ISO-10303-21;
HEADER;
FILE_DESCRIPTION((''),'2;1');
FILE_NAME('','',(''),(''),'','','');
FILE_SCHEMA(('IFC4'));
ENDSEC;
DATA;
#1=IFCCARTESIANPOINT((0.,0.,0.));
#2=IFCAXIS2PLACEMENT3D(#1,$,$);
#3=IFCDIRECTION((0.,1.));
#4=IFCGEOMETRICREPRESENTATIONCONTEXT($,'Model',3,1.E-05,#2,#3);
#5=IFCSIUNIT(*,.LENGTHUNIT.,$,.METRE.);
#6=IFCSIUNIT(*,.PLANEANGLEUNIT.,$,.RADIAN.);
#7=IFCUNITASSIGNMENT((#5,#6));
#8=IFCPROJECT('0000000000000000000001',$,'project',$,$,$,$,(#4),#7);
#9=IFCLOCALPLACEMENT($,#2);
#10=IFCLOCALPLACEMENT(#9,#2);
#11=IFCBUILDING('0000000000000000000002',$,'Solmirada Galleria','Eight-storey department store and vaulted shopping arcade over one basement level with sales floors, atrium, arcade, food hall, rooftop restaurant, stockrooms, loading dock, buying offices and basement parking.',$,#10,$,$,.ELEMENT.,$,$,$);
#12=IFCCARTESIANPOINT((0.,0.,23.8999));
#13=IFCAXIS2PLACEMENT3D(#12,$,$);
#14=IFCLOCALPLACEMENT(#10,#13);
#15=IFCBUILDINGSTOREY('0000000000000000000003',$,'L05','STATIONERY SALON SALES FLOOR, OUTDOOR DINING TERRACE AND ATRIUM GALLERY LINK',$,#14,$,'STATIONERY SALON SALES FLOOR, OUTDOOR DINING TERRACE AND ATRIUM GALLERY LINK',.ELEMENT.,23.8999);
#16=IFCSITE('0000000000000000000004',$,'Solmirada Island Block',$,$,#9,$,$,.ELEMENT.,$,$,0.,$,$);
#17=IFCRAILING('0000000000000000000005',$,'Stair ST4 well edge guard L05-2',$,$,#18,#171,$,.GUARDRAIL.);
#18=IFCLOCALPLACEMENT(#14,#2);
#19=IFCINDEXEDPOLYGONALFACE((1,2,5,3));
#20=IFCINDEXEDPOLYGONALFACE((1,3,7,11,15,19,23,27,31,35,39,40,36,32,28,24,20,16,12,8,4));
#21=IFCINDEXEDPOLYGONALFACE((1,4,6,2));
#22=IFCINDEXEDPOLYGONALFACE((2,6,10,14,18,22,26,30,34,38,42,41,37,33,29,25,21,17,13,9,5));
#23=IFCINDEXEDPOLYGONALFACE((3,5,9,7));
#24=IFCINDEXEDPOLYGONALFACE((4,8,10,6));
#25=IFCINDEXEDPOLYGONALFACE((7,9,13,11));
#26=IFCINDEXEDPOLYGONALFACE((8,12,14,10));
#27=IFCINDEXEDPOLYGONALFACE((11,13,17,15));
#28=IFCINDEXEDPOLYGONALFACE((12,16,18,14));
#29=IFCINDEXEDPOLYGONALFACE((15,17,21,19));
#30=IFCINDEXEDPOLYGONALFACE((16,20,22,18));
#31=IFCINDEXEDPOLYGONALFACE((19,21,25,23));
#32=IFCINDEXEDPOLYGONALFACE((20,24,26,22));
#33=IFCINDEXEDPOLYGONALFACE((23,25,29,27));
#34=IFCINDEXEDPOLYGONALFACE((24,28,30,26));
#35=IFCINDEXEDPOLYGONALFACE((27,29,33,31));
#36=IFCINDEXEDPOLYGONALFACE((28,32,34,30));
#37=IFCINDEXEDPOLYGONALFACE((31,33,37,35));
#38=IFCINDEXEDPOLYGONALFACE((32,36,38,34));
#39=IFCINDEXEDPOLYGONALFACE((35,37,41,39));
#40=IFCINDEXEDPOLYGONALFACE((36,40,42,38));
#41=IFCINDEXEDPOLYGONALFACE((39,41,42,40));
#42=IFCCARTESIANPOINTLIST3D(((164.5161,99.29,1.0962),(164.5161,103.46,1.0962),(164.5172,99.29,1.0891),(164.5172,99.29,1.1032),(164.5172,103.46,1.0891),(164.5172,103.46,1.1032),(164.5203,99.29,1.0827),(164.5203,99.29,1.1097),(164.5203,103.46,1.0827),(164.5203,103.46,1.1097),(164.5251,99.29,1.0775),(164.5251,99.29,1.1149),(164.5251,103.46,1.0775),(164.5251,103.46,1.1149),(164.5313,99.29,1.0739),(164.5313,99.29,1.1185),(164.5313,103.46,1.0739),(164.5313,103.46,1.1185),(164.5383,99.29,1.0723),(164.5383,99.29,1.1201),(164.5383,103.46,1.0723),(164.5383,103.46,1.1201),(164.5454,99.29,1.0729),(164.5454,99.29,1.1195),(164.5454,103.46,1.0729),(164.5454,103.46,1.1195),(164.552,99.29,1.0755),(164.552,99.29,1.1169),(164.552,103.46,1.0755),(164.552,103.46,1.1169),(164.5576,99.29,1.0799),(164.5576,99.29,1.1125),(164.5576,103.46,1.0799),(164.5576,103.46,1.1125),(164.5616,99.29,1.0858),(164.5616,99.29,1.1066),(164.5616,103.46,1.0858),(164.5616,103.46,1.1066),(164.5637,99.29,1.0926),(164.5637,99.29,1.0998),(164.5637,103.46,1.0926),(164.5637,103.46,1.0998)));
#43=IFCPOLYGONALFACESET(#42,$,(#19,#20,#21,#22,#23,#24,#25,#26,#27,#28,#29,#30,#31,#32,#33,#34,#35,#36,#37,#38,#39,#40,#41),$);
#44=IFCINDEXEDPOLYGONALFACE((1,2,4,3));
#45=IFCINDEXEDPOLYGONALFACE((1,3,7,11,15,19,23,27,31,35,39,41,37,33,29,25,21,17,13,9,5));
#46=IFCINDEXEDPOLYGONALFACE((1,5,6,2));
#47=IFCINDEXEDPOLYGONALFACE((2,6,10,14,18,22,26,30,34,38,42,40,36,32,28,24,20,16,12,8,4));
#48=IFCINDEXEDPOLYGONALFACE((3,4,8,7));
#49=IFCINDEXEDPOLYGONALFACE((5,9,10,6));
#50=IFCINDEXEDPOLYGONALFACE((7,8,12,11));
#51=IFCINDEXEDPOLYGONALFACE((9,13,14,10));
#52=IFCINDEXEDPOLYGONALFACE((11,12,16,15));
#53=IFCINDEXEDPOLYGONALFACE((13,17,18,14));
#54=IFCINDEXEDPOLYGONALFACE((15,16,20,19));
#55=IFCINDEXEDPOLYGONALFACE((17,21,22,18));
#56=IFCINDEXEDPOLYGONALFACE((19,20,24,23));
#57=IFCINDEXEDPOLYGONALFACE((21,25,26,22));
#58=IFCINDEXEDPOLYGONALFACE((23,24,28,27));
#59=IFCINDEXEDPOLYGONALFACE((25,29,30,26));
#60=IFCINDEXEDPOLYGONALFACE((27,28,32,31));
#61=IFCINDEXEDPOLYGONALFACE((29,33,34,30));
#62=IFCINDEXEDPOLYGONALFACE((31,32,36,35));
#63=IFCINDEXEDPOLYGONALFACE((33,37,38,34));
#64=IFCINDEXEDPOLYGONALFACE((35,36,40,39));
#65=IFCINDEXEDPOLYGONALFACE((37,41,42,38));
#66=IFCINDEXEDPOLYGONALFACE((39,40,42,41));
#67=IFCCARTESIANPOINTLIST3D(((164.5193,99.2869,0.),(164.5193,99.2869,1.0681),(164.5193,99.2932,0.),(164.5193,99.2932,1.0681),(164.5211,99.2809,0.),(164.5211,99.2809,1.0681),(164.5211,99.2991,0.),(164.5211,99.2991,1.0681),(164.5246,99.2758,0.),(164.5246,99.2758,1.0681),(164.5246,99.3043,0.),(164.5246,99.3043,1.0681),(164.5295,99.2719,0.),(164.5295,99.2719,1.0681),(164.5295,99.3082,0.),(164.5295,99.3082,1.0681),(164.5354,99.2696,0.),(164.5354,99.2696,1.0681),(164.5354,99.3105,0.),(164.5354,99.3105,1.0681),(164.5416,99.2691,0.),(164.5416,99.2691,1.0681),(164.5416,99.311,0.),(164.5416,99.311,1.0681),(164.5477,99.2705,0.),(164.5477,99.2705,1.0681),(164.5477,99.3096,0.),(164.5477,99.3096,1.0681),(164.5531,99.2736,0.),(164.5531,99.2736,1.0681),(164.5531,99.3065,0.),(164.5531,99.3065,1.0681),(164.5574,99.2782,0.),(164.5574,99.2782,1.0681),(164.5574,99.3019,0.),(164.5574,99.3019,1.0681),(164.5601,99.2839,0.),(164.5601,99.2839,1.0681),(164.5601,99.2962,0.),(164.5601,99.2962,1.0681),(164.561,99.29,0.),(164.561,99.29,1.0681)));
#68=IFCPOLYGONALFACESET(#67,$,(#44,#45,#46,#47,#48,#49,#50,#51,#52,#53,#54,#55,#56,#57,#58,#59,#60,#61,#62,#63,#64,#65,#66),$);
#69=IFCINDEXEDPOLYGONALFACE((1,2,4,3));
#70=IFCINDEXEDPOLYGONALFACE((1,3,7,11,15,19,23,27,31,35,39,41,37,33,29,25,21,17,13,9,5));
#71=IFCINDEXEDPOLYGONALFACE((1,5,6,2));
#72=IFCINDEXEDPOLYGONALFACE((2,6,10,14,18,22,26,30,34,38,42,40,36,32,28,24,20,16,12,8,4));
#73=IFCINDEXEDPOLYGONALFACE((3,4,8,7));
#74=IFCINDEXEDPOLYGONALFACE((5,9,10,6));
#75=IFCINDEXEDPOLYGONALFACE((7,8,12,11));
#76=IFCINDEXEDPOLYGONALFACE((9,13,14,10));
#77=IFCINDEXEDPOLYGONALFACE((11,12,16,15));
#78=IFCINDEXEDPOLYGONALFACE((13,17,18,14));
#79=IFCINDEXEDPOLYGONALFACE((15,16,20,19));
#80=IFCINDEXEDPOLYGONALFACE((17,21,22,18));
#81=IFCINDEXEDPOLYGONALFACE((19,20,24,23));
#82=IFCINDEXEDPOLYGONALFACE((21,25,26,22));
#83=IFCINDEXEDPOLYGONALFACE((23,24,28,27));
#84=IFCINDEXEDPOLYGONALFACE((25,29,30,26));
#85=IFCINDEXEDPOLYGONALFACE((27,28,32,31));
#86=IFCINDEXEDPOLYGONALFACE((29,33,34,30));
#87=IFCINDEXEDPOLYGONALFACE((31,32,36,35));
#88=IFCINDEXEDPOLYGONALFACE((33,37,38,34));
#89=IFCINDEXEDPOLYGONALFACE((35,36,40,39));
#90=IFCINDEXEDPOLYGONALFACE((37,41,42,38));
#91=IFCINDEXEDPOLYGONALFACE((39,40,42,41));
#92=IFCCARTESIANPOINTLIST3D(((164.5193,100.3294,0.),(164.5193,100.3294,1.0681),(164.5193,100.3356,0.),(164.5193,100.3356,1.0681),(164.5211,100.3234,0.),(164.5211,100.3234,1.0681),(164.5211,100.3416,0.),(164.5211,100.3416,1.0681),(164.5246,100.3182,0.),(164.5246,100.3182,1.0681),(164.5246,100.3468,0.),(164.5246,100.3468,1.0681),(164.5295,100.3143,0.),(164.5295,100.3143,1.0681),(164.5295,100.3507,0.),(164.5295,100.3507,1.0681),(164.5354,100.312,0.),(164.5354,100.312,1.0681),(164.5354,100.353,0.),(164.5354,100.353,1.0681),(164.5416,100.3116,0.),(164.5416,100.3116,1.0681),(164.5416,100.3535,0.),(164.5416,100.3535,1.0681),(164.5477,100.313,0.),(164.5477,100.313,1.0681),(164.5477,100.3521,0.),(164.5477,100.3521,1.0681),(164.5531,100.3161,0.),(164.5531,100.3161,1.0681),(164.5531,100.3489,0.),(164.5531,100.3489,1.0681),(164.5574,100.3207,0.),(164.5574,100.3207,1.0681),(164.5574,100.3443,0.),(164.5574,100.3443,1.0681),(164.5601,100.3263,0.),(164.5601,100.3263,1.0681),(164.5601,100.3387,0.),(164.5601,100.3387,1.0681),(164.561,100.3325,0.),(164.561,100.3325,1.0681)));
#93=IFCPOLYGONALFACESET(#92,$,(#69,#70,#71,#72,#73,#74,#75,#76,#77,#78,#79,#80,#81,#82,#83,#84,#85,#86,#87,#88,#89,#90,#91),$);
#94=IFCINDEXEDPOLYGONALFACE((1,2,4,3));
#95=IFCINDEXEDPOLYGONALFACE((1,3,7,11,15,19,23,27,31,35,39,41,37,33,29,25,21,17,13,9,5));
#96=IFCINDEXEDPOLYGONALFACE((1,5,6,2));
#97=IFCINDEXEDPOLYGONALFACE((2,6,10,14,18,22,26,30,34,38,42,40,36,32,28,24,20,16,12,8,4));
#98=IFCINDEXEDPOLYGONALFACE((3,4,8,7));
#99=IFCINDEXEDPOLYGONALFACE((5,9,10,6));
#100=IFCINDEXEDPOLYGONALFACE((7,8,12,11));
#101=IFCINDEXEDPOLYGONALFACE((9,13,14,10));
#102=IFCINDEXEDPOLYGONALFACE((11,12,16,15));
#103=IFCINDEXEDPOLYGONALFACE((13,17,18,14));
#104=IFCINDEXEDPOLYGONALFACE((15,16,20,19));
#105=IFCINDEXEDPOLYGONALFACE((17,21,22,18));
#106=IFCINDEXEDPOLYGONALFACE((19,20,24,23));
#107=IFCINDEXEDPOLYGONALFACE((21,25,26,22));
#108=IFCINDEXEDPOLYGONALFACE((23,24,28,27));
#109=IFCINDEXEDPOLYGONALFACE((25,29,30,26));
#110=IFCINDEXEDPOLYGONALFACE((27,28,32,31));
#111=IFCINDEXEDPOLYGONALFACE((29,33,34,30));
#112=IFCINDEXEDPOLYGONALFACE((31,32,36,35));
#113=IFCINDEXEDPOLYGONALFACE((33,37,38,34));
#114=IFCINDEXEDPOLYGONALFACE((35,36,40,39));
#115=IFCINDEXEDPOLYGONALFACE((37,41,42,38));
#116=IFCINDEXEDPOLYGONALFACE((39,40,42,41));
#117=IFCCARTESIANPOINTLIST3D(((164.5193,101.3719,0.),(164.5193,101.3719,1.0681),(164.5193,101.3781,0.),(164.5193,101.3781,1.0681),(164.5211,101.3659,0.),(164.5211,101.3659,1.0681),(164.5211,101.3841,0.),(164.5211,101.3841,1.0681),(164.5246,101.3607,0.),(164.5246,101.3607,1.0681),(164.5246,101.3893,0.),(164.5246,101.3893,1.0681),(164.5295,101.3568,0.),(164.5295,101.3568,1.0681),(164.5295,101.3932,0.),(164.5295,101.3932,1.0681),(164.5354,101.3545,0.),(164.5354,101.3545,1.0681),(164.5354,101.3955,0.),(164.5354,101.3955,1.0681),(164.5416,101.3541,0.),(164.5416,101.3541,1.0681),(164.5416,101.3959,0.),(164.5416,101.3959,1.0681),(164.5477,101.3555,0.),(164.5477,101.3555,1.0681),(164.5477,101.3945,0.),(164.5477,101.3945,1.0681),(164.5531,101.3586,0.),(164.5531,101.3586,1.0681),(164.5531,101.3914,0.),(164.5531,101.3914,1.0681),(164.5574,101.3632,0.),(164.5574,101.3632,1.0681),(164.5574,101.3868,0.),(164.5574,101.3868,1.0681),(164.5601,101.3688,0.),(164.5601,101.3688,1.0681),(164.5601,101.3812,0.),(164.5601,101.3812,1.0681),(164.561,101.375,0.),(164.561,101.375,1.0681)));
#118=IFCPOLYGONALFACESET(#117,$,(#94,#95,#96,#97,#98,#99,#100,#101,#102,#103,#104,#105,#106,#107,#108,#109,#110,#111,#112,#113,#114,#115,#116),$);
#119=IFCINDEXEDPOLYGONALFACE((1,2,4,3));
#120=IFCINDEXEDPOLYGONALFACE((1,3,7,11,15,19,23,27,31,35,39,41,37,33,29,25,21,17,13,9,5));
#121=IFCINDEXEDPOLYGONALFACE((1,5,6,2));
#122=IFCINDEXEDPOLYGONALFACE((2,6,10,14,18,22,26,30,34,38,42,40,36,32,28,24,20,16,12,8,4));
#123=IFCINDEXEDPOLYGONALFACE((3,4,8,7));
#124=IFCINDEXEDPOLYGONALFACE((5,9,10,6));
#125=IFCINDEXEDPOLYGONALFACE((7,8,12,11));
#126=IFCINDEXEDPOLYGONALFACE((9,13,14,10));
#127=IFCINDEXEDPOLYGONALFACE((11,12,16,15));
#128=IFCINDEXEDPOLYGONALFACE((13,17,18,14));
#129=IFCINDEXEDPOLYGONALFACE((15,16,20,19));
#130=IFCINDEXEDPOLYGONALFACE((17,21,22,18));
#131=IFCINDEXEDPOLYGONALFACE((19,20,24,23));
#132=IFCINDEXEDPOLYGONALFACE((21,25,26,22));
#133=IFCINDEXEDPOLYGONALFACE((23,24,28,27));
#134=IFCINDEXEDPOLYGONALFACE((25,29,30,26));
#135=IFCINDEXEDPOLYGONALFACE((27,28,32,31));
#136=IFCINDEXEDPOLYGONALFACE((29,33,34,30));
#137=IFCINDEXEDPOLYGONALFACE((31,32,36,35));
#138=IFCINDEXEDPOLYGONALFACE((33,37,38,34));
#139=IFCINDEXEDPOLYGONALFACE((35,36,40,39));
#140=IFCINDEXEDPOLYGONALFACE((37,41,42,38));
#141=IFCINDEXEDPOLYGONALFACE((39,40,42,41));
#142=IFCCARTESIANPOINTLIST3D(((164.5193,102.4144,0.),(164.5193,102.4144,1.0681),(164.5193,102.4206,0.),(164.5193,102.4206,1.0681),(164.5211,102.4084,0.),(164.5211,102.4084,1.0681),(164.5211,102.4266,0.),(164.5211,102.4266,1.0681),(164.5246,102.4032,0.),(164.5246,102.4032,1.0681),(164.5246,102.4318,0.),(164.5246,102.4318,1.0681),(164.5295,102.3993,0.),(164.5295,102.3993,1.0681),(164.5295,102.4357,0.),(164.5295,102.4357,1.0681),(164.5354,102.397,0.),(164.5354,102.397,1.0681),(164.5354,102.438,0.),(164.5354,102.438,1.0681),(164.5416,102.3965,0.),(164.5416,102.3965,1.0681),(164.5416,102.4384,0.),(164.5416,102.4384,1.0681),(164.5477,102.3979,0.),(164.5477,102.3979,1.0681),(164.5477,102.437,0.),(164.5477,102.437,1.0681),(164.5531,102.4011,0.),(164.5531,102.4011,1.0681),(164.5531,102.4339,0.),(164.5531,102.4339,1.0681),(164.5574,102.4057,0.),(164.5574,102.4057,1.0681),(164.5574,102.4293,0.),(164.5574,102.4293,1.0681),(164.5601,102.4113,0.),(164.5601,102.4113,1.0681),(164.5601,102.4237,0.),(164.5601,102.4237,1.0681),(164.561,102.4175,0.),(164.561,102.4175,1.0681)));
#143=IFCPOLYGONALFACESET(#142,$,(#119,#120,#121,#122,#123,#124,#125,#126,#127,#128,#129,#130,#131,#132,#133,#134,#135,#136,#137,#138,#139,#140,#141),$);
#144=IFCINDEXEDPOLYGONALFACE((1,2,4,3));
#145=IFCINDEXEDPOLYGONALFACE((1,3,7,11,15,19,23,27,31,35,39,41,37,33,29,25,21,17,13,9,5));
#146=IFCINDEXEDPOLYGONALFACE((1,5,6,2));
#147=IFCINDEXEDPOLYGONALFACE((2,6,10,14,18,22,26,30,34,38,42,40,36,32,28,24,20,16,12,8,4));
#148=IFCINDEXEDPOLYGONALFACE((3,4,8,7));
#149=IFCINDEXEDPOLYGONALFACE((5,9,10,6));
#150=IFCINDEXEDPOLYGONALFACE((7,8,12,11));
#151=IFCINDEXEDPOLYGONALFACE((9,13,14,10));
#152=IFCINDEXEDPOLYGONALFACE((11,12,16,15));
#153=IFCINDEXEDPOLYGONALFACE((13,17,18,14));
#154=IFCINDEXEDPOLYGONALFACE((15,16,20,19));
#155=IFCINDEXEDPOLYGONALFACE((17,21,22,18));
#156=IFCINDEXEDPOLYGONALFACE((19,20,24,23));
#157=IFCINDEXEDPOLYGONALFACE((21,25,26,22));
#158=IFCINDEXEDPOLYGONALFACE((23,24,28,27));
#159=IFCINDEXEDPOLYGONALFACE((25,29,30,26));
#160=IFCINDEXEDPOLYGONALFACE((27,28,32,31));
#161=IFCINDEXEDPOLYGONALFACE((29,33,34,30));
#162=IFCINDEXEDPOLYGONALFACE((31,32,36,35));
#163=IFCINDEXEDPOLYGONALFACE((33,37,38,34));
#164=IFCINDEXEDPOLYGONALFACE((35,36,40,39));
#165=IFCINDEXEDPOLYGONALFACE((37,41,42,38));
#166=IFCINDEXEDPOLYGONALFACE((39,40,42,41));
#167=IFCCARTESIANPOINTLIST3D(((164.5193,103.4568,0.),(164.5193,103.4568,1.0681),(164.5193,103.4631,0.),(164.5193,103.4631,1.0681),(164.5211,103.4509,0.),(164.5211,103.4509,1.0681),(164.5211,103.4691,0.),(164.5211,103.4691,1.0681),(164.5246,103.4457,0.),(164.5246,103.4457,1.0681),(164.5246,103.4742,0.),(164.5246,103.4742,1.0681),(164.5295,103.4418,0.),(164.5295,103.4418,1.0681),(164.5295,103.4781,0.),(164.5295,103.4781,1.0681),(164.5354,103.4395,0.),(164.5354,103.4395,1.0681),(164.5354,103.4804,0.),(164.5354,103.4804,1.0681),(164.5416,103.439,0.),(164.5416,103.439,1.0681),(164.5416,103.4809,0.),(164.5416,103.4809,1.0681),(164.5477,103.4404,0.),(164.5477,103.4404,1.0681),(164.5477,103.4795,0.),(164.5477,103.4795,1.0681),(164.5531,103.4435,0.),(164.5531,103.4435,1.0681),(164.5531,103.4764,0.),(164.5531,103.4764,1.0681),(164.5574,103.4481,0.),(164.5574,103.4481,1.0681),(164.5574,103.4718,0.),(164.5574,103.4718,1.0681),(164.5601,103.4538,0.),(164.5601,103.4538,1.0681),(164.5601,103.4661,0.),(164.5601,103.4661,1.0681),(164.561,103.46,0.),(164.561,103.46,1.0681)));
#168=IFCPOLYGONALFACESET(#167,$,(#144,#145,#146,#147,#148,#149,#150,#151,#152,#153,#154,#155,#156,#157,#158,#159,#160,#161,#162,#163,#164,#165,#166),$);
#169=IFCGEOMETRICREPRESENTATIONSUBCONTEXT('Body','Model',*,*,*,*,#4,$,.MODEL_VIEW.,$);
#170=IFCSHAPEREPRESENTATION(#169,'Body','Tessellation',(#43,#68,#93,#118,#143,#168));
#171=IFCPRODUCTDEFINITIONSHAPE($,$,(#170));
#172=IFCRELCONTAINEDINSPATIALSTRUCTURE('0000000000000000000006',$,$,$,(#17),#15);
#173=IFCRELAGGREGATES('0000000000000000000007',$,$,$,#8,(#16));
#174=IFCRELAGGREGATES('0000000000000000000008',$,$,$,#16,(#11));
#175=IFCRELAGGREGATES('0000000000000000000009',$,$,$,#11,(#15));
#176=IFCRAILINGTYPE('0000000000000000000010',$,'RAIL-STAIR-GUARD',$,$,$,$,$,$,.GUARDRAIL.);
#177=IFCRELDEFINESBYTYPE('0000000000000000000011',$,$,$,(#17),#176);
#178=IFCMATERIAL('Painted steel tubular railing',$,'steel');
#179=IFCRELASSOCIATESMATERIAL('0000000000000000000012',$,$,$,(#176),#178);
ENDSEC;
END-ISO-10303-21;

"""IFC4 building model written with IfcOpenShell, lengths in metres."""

from ifc_helpers import new_model, si_unit, direction, frame, origin, origin_2d, place, context, subcontext, project, spatial, circle, extrude, material, type_object, element, save


model = new_model("IFC4")

# Units and contexts
model_context = context("Model", 3, precision=1e-05, world=origin(), true_north=direction((0.0, 1.0)))
body_context = subcontext(model_context, "Body", "Model", "MODEL_VIEW")
ifc_project = project(units=[si_unit("LENGTHUNIT", "METRE"), si_unit("PLANEANGLEUNIT", "RADIAN")], contexts=[model_context])

# Site, building, storey
site_placement = place(None, origin())
site = spatial("IfcSite", under=ifc_project, at=site_placement, Name="Solmirada Island Block", CompositionType="ELEMENT", RefElevation=0.0)
building_placement = place(site_placement, origin())
building = spatial("IfcBuilding", under=site, at=building_placement, Name="Solmirada Galleria", Description="Eight-storey department store and vaulted shopping arcade over one basement level with sales floors, atrium, arcade, food hall, rooftop restaurant, stockrooms, loading dock, buying offices and basement parking.", CompositionType="ELEMENT")
storey_placement = place(building_placement, frame((0.0, 0.0, 23.8999)))
storey = spatial("IfcBuildingStorey", under=building, at=storey_placement, Name="L05", Description="STATIONERY SALON SALES FLOOR, OUTDOOR DINING TERRACE AND ATRIUM GALLERY LINK", LongName="STATIONERY SALON SALES FLOOR, OUTDOOR DINING TERRACE AND ATRIUM GALLERY LINK", CompositionType="ELEMENT", Elevation=23.8999)

# Railing
ifc_material_1 = material(Name="Painted steel tubular railing", Category="steel")
railing_type = type_object("IfcRailingType", Name="RAIL-STAIR-GUARD", PredefinedType="GUARDRAIL", material=ifc_material_1)
railing_placement = place(storey_placement, frame((164.54, 99.29, 0.0)))
element("IfcRailing", 1, at=railing_placement, inside=storey, type_object=railing_type, Name="Stair ST4 well edge guard L05-2", PredefinedType="GUARDRAIL", context=body_context, shape_type="SweptSolid", body=[
    extrude(circle(Radius=0.0239, at=origin_2d()), frame((0.0, 0.0, 1.0962), z_axis=(0.0, 1.0, 0.0), x_axis=(-1.0, 0.0, 0.0)), (0.0, 0.0, 1.0), 4.1699),
    extrude(circle(Radius=0.021, at=origin_2d()), origin(), (0.0, 0.0, 1.0), 1.0681),
    extrude(circle(Radius=0.021, at=origin_2d()), frame((0.0, 1.0425, 0.0)), (0.0, 0.0, 1.0), 1.0681),
    extrude(circle(Radius=0.021, at=origin_2d()), frame((0.0, 2.085, 0.0)), (0.0, 0.0, 1.0), 1.0681),
    extrude(circle(Radius=0.021, at=origin_2d()), frame((0.0, 3.1274, 0.0)), (0.0, 0.0, 1.0), 1.0681),
    extrude(circle(Radius=0.021, at=origin_2d()), frame((0.0, 4.1699, 0.0)), (0.0, 0.0, 1.0), 1.0681),
])

save(model, "model.ifc")
